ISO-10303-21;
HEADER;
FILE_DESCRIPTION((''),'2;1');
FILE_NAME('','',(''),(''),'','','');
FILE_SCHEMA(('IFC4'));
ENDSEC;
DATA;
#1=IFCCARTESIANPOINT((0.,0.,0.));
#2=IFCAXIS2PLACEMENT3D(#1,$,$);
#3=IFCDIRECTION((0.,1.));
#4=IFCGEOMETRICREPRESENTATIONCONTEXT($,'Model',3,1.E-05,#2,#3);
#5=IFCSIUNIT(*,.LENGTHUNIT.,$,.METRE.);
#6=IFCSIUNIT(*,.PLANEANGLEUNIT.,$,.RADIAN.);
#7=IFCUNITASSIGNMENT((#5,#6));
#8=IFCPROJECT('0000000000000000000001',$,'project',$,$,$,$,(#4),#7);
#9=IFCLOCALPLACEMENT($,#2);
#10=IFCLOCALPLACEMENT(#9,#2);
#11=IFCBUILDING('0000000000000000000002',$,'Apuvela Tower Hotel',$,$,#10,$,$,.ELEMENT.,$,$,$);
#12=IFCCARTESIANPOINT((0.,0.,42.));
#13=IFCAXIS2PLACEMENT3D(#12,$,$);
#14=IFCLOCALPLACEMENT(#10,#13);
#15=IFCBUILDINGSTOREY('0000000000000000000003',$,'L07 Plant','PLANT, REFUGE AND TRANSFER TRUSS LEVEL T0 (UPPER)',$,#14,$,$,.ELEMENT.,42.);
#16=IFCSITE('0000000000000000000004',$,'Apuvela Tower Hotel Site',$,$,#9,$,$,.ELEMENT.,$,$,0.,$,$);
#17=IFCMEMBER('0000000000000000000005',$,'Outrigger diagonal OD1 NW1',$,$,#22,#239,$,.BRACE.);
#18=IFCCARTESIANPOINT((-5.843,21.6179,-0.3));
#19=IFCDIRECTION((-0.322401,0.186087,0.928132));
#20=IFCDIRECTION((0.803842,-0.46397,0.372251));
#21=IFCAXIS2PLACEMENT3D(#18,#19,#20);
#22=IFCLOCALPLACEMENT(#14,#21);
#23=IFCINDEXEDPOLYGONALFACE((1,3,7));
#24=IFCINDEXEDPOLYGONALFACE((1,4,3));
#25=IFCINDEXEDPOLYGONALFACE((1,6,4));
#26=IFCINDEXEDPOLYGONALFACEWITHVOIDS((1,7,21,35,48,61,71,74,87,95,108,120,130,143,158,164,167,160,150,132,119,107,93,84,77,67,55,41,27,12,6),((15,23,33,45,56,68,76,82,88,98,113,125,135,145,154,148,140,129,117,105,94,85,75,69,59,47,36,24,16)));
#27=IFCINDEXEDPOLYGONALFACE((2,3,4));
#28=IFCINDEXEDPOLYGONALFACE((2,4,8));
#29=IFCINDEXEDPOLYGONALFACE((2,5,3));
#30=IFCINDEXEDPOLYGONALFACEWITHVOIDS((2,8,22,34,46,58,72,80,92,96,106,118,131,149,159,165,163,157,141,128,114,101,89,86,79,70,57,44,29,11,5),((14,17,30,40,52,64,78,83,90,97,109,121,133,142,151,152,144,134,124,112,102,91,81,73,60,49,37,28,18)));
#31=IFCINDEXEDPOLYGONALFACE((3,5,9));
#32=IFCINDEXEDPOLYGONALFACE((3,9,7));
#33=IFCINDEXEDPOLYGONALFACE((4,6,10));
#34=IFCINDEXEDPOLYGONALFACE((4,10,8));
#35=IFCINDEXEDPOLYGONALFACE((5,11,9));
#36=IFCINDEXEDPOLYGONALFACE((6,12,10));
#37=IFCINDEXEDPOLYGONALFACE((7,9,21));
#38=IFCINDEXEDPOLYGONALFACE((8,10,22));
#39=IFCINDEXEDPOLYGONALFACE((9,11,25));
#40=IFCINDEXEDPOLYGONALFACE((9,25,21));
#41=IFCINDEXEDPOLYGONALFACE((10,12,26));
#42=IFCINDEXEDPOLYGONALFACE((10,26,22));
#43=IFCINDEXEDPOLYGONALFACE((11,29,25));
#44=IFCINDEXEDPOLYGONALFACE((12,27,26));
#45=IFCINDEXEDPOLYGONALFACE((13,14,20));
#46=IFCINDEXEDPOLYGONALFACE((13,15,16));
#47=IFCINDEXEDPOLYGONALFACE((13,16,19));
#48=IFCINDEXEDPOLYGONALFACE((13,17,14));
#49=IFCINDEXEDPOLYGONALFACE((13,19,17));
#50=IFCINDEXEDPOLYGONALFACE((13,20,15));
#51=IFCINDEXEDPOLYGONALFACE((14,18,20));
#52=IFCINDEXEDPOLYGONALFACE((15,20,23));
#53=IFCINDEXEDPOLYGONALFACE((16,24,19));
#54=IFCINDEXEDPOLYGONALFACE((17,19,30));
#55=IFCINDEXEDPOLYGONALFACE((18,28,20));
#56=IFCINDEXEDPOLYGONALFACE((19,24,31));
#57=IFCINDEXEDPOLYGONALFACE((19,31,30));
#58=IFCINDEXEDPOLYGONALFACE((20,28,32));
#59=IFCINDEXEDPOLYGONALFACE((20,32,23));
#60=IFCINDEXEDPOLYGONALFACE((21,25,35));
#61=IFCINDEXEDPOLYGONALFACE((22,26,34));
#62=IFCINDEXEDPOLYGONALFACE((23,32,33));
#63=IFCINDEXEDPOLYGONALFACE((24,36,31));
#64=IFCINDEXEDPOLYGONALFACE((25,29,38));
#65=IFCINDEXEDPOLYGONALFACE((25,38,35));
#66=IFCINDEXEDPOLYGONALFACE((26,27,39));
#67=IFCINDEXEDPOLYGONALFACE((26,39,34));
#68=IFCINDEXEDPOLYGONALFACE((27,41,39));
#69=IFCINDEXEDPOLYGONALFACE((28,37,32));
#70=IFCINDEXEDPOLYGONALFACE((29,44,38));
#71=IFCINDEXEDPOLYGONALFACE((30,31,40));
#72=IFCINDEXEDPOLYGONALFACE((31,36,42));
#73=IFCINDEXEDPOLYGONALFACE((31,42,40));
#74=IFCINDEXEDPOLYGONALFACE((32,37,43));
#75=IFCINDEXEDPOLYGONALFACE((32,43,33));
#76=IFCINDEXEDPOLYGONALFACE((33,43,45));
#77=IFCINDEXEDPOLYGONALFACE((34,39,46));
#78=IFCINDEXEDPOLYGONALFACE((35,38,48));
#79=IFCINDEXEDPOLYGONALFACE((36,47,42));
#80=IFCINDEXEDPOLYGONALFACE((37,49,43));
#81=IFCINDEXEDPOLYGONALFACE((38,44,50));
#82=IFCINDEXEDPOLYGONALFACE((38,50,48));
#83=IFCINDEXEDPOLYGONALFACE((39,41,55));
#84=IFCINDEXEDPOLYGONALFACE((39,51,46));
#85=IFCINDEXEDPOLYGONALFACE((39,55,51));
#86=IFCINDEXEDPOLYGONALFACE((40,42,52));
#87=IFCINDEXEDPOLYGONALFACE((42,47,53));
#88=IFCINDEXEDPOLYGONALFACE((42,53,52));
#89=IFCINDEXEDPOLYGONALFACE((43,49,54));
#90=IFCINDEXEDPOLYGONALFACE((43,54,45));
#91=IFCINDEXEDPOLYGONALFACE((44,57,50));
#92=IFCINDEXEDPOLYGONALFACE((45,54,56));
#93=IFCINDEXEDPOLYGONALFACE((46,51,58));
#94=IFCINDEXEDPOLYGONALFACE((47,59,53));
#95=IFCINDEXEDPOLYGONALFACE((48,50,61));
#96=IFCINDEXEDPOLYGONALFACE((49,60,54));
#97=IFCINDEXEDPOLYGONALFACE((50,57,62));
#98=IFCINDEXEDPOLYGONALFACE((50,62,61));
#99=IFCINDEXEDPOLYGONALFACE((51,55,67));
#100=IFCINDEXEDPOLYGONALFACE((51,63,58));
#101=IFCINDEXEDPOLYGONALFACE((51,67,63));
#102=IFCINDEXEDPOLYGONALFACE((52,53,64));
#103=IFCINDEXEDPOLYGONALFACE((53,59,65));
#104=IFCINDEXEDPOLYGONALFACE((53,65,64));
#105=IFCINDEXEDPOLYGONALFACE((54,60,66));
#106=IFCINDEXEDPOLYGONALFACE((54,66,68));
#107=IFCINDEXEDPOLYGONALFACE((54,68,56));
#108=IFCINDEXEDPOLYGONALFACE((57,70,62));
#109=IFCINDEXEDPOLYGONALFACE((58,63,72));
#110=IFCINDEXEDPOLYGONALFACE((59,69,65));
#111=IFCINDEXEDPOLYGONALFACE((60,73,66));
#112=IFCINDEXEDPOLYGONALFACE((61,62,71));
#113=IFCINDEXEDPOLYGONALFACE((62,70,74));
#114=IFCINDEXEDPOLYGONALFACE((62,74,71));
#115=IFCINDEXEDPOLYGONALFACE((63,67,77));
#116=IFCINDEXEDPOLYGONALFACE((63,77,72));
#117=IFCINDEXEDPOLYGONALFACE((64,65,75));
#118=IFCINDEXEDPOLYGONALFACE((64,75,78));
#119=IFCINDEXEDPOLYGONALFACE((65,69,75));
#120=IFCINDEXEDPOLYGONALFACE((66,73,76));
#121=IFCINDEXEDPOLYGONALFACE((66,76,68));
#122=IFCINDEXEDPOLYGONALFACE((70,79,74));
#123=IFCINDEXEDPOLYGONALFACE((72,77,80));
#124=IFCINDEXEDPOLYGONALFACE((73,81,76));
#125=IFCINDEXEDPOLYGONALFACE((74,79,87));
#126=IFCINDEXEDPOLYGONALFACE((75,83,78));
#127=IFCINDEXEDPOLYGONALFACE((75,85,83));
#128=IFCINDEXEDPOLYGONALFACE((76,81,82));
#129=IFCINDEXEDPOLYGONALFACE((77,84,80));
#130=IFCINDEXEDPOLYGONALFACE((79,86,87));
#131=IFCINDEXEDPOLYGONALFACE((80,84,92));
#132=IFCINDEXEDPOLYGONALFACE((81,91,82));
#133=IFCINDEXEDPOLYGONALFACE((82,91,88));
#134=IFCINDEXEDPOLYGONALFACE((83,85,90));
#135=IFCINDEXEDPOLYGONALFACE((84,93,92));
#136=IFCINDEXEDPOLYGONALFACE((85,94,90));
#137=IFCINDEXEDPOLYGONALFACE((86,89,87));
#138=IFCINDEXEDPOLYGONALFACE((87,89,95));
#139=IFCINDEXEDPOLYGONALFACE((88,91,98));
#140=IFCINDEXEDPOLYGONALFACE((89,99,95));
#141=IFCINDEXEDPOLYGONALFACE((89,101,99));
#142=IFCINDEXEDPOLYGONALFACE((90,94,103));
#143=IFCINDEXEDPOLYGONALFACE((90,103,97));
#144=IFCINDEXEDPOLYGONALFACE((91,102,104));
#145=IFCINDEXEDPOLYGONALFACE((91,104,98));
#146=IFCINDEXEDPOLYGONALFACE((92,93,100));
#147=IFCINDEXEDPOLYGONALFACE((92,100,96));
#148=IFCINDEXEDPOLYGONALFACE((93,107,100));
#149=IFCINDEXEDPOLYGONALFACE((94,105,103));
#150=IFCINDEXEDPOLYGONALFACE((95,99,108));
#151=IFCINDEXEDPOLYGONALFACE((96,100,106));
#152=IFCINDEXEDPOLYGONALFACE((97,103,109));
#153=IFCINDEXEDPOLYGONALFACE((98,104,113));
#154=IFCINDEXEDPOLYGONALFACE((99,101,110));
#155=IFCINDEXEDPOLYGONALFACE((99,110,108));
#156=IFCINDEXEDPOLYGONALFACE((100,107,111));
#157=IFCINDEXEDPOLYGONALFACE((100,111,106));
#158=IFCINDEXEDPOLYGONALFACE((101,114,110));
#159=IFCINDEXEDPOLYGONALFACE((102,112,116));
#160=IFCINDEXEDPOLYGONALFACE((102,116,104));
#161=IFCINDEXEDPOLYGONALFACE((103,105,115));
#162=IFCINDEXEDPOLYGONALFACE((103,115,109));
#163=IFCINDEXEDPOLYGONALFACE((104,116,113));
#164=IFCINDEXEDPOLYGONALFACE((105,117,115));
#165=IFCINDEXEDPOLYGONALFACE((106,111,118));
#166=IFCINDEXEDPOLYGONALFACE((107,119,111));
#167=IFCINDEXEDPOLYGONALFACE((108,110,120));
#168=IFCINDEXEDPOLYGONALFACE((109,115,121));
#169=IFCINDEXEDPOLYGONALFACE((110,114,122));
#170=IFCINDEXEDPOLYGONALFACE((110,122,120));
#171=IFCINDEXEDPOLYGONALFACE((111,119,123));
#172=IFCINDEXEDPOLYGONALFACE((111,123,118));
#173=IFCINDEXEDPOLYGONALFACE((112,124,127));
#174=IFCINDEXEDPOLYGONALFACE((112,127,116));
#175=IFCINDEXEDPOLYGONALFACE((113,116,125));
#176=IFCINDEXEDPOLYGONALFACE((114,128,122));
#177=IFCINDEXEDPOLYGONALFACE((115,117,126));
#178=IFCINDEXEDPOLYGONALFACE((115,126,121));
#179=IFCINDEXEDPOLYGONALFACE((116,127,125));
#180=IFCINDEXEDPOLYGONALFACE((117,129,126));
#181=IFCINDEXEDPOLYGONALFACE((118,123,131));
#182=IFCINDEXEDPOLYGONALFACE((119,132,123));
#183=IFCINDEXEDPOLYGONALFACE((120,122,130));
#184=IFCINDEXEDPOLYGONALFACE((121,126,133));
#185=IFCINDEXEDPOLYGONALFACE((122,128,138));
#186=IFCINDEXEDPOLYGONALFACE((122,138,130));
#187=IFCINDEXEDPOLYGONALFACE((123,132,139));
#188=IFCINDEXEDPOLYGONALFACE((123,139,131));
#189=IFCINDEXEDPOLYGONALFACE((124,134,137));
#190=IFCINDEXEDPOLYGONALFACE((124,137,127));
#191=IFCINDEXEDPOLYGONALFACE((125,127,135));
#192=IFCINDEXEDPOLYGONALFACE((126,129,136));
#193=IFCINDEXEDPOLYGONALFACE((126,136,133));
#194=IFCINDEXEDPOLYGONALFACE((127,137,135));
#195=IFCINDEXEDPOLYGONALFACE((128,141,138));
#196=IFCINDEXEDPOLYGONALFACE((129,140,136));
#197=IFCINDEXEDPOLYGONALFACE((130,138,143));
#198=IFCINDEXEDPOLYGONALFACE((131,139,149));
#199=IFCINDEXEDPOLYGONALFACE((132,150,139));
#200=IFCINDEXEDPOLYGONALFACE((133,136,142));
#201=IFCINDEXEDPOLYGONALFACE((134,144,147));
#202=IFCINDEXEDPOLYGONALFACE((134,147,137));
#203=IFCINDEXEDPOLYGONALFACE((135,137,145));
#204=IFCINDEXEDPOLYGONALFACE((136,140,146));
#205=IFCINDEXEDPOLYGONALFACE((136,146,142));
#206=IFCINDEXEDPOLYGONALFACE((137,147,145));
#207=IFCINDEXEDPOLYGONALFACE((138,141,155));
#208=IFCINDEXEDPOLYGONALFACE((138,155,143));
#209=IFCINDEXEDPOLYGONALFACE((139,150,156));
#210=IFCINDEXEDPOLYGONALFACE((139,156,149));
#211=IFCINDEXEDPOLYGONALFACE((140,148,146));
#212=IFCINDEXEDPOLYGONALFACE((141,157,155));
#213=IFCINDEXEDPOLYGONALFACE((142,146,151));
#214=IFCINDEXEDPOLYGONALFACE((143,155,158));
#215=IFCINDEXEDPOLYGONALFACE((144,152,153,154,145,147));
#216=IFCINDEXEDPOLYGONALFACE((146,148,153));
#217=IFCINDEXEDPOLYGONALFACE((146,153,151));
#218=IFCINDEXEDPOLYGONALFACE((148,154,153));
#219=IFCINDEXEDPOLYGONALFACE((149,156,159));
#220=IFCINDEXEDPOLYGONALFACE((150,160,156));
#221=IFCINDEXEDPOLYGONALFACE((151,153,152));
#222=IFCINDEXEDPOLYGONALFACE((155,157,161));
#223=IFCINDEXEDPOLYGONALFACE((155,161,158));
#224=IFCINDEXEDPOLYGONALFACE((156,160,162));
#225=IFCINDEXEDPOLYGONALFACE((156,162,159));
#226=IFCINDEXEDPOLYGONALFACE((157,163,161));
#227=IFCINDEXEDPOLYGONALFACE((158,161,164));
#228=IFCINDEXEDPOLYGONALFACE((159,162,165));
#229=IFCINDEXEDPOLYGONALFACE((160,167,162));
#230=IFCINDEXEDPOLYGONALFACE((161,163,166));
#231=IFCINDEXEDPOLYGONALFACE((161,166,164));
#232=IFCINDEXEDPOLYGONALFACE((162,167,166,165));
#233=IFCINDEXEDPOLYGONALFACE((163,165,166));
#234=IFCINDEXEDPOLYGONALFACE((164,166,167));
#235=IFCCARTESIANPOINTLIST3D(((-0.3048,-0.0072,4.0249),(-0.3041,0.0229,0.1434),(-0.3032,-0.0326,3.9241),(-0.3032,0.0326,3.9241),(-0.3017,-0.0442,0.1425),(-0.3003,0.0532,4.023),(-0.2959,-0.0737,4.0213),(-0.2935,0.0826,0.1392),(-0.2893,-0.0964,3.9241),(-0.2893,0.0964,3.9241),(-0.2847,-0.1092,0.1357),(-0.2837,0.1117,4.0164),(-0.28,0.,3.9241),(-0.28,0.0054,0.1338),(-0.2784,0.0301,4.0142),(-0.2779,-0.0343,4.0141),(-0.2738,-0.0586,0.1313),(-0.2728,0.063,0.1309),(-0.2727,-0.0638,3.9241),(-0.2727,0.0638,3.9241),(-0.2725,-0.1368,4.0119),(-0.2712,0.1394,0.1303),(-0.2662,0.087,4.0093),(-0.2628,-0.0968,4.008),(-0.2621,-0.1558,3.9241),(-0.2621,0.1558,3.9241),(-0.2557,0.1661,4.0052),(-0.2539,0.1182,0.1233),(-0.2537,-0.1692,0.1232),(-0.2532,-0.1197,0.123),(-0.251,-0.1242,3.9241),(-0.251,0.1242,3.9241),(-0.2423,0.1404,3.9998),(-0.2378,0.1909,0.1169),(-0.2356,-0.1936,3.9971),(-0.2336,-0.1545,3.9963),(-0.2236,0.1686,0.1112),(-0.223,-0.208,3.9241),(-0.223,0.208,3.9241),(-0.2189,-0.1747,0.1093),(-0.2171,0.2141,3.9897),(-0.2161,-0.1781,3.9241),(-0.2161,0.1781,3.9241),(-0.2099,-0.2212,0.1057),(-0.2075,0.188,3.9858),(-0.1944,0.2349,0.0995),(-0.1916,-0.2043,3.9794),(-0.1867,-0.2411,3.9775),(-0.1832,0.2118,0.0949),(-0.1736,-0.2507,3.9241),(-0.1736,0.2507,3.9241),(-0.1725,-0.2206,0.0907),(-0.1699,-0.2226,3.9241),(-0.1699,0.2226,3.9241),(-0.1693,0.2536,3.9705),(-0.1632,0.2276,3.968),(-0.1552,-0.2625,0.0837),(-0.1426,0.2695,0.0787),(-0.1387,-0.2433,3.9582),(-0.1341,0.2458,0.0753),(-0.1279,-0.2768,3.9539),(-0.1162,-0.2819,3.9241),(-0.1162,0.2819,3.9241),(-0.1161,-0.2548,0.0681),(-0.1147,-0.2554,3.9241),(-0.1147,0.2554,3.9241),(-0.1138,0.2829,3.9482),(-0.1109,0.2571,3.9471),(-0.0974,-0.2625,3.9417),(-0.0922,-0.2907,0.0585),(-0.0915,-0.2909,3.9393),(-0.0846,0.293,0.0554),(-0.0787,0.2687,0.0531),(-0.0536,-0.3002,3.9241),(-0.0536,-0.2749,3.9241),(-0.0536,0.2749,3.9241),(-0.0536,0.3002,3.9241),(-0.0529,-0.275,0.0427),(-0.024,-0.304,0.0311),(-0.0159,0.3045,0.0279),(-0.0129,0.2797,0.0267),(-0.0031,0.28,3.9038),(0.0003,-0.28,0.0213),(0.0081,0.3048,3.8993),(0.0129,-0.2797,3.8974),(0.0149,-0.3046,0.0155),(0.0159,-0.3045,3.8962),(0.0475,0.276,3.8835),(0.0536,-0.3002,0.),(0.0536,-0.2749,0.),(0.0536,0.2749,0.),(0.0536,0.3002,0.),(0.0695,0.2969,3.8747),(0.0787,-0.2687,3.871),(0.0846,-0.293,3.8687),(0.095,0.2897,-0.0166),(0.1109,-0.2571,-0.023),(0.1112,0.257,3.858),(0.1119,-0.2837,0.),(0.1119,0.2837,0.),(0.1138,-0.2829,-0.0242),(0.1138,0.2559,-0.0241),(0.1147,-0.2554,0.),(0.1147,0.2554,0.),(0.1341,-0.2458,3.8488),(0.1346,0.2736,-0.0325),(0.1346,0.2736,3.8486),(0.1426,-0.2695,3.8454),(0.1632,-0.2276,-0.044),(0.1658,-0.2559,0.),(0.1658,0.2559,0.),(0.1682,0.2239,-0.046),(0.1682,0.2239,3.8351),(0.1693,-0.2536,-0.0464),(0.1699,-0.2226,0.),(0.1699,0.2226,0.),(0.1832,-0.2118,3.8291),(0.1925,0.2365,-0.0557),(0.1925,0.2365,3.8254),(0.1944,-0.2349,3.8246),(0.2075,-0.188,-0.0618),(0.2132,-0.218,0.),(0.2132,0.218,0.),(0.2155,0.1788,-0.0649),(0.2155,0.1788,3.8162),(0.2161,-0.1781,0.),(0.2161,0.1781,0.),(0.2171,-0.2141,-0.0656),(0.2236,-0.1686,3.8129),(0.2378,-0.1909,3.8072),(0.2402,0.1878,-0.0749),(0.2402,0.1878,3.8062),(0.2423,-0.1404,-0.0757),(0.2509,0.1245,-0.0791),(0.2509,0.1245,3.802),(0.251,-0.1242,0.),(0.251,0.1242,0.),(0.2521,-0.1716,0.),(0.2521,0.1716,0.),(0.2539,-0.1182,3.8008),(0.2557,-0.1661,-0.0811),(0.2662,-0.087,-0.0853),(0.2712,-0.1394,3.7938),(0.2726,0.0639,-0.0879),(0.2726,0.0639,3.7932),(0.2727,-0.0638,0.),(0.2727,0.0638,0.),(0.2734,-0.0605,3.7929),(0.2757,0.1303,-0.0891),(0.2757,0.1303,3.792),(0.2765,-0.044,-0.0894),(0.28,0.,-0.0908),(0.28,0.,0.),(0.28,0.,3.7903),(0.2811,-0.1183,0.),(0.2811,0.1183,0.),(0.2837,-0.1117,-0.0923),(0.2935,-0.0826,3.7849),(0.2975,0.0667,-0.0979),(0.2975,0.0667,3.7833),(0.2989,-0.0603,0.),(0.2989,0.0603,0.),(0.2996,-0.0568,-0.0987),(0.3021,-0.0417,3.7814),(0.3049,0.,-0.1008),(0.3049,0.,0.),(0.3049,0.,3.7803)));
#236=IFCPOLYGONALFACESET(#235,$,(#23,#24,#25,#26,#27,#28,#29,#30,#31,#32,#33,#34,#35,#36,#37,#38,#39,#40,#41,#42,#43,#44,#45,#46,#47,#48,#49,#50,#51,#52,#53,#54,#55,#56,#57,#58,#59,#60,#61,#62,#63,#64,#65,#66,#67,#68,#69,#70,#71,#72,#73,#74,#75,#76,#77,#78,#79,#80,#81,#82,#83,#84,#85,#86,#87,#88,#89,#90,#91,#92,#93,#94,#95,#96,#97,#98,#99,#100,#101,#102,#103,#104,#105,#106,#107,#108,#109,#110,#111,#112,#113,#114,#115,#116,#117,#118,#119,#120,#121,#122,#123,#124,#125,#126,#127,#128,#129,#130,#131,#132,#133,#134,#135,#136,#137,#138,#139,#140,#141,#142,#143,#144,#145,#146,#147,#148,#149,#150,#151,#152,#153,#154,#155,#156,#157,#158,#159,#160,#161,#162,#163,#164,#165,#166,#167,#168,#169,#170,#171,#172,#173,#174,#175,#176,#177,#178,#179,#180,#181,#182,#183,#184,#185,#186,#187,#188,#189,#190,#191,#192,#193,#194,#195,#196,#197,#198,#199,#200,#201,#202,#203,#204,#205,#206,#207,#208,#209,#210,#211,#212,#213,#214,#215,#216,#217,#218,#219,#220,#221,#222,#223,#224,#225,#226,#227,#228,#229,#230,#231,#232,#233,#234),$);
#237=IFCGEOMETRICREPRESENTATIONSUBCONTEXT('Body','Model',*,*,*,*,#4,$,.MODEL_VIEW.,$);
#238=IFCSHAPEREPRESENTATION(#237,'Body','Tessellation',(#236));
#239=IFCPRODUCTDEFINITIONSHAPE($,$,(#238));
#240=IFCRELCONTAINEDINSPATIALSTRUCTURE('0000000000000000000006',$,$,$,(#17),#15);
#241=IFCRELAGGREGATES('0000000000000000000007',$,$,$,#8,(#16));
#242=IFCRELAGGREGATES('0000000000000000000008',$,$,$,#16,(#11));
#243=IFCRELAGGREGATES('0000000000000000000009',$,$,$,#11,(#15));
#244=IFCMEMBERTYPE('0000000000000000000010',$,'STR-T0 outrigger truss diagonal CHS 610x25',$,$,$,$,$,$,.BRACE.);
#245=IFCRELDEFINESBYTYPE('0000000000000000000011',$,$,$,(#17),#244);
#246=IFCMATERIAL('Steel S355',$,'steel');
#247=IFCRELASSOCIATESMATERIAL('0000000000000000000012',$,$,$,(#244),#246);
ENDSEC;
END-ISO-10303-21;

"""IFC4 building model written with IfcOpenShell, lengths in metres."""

from ifc_helpers import new_model, si_unit, direction, frame, origin, origin_2d, place, context, subcontext, project, spatial, hollow_circle, extrude, boolean, halfspace, material, material_profile, profile_set, type_object, element, save


model = new_model("IFC4")

# Units and contexts
model_context = context("Model", 3, precision=1e-05, world=origin(), true_north=direction((0.0, 1.0)))
body_context = subcontext(model_context, "Body", "Model", "MODEL_VIEW")
ifc_project = project(units=[si_unit("LENGTHUNIT", "METRE"), si_unit("PLANEANGLEUNIT", "RADIAN")], contexts=[model_context])

# Site, building, storey
site_placement = place(None, origin())
site = spatial("IfcSite", under=ifc_project, at=site_placement, Name="Apuvela Tower Hotel Site", CompositionType="ELEMENT", RefElevation=0.0)
building_placement = place(site_placement, origin())
building = spatial("IfcBuilding", under=site, at=building_placement, Name="Apuvela Tower Hotel", CompositionType="ELEMENT")
storey_placement = place(building_placement, frame((0.0, 0.0, 42.0)))
storey = spatial("IfcBuildingStorey", under=building, at=storey_placement, Name="L07 Plant", Description="PLANT, REFUGE AND TRANSFER TRUSS LEVEL T0 (UPPER)", CompositionType="ELEMENT", Elevation=42.0)

# Shared definitions
ifc_material_1 = material(Name="Steel S355", Category="steel")

# Member
ifc_material_profile_1 = material_profile(ifc_material_1, hollow_circle(Radius=0.3049, WallThickness=0.0249, at=origin_2d()), Name="CHS 610x25")
ifc_profile_set_1 = profile_set([ifc_material_profile_1], Name="Steel S355")
member_type = type_object("IfcMemberType", Name="STR-T0 outrigger truss diagonal CHS 610x25", PredefinedType="BRACE", material=ifc_profile_set_1)
member_placement = place(storey_placement, frame((-5.843, 21.6179, -0.3), z_axis=(-0.322401, 0.186087, 0.928132), x_axis=(0.803842, -0.46397, 0.372251)))
solid = boolean("DIFFERENCE", boolean("DIFFERENCE", extrude(hollow_circle(Radius=0.3049, WallThickness=0.0249, at=origin_2d()), frame((0.0, 0.0, -0.2422)), (0.0, 0.0, 1.0), 4.4087), halfspace(frame((0.0, 0.0, 0.0215), z_axis=(0.372251, 0.0, 0.928132), x_axis=(0.928132, 0.0, -0.372251)), True)), halfspace(frame((0.0, 0.0, 3.9026), z_axis=(0.372251, 0.0, 0.928132), x_axis=(0.928132, 0.0, -0.372251)), False))
element("IfcMember", 1, at=member_placement, inside=storey, type_object=member_type, Name="Outrigger diagonal OD1 NW1", PredefinedType="BRACE", context=body_context, shape_type="SweptSolid", body=[
    boolean("UNION", boolean("DIFFERENCE", boolean("DIFFERENCE", extrude(hollow_circle(Radius=0.3049, WallThickness=0.0249, at=origin_2d()), origin(), (0.0, 0.0, 1.0), 3.9241), halfspace(frame((0.0, 0.0, 0.0215), z_axis=(0.372251, 0.0, 0.928132), x_axis=(0.928132, 0.0, -0.372251)), True)), halfspace(frame((0.0, 0.0, 3.9026), z_axis=(0.372251, 0.0, 0.928132), x_axis=(0.928132, 0.0, -0.372251)), False)), solid),
])

save(model, "model.ifc")
